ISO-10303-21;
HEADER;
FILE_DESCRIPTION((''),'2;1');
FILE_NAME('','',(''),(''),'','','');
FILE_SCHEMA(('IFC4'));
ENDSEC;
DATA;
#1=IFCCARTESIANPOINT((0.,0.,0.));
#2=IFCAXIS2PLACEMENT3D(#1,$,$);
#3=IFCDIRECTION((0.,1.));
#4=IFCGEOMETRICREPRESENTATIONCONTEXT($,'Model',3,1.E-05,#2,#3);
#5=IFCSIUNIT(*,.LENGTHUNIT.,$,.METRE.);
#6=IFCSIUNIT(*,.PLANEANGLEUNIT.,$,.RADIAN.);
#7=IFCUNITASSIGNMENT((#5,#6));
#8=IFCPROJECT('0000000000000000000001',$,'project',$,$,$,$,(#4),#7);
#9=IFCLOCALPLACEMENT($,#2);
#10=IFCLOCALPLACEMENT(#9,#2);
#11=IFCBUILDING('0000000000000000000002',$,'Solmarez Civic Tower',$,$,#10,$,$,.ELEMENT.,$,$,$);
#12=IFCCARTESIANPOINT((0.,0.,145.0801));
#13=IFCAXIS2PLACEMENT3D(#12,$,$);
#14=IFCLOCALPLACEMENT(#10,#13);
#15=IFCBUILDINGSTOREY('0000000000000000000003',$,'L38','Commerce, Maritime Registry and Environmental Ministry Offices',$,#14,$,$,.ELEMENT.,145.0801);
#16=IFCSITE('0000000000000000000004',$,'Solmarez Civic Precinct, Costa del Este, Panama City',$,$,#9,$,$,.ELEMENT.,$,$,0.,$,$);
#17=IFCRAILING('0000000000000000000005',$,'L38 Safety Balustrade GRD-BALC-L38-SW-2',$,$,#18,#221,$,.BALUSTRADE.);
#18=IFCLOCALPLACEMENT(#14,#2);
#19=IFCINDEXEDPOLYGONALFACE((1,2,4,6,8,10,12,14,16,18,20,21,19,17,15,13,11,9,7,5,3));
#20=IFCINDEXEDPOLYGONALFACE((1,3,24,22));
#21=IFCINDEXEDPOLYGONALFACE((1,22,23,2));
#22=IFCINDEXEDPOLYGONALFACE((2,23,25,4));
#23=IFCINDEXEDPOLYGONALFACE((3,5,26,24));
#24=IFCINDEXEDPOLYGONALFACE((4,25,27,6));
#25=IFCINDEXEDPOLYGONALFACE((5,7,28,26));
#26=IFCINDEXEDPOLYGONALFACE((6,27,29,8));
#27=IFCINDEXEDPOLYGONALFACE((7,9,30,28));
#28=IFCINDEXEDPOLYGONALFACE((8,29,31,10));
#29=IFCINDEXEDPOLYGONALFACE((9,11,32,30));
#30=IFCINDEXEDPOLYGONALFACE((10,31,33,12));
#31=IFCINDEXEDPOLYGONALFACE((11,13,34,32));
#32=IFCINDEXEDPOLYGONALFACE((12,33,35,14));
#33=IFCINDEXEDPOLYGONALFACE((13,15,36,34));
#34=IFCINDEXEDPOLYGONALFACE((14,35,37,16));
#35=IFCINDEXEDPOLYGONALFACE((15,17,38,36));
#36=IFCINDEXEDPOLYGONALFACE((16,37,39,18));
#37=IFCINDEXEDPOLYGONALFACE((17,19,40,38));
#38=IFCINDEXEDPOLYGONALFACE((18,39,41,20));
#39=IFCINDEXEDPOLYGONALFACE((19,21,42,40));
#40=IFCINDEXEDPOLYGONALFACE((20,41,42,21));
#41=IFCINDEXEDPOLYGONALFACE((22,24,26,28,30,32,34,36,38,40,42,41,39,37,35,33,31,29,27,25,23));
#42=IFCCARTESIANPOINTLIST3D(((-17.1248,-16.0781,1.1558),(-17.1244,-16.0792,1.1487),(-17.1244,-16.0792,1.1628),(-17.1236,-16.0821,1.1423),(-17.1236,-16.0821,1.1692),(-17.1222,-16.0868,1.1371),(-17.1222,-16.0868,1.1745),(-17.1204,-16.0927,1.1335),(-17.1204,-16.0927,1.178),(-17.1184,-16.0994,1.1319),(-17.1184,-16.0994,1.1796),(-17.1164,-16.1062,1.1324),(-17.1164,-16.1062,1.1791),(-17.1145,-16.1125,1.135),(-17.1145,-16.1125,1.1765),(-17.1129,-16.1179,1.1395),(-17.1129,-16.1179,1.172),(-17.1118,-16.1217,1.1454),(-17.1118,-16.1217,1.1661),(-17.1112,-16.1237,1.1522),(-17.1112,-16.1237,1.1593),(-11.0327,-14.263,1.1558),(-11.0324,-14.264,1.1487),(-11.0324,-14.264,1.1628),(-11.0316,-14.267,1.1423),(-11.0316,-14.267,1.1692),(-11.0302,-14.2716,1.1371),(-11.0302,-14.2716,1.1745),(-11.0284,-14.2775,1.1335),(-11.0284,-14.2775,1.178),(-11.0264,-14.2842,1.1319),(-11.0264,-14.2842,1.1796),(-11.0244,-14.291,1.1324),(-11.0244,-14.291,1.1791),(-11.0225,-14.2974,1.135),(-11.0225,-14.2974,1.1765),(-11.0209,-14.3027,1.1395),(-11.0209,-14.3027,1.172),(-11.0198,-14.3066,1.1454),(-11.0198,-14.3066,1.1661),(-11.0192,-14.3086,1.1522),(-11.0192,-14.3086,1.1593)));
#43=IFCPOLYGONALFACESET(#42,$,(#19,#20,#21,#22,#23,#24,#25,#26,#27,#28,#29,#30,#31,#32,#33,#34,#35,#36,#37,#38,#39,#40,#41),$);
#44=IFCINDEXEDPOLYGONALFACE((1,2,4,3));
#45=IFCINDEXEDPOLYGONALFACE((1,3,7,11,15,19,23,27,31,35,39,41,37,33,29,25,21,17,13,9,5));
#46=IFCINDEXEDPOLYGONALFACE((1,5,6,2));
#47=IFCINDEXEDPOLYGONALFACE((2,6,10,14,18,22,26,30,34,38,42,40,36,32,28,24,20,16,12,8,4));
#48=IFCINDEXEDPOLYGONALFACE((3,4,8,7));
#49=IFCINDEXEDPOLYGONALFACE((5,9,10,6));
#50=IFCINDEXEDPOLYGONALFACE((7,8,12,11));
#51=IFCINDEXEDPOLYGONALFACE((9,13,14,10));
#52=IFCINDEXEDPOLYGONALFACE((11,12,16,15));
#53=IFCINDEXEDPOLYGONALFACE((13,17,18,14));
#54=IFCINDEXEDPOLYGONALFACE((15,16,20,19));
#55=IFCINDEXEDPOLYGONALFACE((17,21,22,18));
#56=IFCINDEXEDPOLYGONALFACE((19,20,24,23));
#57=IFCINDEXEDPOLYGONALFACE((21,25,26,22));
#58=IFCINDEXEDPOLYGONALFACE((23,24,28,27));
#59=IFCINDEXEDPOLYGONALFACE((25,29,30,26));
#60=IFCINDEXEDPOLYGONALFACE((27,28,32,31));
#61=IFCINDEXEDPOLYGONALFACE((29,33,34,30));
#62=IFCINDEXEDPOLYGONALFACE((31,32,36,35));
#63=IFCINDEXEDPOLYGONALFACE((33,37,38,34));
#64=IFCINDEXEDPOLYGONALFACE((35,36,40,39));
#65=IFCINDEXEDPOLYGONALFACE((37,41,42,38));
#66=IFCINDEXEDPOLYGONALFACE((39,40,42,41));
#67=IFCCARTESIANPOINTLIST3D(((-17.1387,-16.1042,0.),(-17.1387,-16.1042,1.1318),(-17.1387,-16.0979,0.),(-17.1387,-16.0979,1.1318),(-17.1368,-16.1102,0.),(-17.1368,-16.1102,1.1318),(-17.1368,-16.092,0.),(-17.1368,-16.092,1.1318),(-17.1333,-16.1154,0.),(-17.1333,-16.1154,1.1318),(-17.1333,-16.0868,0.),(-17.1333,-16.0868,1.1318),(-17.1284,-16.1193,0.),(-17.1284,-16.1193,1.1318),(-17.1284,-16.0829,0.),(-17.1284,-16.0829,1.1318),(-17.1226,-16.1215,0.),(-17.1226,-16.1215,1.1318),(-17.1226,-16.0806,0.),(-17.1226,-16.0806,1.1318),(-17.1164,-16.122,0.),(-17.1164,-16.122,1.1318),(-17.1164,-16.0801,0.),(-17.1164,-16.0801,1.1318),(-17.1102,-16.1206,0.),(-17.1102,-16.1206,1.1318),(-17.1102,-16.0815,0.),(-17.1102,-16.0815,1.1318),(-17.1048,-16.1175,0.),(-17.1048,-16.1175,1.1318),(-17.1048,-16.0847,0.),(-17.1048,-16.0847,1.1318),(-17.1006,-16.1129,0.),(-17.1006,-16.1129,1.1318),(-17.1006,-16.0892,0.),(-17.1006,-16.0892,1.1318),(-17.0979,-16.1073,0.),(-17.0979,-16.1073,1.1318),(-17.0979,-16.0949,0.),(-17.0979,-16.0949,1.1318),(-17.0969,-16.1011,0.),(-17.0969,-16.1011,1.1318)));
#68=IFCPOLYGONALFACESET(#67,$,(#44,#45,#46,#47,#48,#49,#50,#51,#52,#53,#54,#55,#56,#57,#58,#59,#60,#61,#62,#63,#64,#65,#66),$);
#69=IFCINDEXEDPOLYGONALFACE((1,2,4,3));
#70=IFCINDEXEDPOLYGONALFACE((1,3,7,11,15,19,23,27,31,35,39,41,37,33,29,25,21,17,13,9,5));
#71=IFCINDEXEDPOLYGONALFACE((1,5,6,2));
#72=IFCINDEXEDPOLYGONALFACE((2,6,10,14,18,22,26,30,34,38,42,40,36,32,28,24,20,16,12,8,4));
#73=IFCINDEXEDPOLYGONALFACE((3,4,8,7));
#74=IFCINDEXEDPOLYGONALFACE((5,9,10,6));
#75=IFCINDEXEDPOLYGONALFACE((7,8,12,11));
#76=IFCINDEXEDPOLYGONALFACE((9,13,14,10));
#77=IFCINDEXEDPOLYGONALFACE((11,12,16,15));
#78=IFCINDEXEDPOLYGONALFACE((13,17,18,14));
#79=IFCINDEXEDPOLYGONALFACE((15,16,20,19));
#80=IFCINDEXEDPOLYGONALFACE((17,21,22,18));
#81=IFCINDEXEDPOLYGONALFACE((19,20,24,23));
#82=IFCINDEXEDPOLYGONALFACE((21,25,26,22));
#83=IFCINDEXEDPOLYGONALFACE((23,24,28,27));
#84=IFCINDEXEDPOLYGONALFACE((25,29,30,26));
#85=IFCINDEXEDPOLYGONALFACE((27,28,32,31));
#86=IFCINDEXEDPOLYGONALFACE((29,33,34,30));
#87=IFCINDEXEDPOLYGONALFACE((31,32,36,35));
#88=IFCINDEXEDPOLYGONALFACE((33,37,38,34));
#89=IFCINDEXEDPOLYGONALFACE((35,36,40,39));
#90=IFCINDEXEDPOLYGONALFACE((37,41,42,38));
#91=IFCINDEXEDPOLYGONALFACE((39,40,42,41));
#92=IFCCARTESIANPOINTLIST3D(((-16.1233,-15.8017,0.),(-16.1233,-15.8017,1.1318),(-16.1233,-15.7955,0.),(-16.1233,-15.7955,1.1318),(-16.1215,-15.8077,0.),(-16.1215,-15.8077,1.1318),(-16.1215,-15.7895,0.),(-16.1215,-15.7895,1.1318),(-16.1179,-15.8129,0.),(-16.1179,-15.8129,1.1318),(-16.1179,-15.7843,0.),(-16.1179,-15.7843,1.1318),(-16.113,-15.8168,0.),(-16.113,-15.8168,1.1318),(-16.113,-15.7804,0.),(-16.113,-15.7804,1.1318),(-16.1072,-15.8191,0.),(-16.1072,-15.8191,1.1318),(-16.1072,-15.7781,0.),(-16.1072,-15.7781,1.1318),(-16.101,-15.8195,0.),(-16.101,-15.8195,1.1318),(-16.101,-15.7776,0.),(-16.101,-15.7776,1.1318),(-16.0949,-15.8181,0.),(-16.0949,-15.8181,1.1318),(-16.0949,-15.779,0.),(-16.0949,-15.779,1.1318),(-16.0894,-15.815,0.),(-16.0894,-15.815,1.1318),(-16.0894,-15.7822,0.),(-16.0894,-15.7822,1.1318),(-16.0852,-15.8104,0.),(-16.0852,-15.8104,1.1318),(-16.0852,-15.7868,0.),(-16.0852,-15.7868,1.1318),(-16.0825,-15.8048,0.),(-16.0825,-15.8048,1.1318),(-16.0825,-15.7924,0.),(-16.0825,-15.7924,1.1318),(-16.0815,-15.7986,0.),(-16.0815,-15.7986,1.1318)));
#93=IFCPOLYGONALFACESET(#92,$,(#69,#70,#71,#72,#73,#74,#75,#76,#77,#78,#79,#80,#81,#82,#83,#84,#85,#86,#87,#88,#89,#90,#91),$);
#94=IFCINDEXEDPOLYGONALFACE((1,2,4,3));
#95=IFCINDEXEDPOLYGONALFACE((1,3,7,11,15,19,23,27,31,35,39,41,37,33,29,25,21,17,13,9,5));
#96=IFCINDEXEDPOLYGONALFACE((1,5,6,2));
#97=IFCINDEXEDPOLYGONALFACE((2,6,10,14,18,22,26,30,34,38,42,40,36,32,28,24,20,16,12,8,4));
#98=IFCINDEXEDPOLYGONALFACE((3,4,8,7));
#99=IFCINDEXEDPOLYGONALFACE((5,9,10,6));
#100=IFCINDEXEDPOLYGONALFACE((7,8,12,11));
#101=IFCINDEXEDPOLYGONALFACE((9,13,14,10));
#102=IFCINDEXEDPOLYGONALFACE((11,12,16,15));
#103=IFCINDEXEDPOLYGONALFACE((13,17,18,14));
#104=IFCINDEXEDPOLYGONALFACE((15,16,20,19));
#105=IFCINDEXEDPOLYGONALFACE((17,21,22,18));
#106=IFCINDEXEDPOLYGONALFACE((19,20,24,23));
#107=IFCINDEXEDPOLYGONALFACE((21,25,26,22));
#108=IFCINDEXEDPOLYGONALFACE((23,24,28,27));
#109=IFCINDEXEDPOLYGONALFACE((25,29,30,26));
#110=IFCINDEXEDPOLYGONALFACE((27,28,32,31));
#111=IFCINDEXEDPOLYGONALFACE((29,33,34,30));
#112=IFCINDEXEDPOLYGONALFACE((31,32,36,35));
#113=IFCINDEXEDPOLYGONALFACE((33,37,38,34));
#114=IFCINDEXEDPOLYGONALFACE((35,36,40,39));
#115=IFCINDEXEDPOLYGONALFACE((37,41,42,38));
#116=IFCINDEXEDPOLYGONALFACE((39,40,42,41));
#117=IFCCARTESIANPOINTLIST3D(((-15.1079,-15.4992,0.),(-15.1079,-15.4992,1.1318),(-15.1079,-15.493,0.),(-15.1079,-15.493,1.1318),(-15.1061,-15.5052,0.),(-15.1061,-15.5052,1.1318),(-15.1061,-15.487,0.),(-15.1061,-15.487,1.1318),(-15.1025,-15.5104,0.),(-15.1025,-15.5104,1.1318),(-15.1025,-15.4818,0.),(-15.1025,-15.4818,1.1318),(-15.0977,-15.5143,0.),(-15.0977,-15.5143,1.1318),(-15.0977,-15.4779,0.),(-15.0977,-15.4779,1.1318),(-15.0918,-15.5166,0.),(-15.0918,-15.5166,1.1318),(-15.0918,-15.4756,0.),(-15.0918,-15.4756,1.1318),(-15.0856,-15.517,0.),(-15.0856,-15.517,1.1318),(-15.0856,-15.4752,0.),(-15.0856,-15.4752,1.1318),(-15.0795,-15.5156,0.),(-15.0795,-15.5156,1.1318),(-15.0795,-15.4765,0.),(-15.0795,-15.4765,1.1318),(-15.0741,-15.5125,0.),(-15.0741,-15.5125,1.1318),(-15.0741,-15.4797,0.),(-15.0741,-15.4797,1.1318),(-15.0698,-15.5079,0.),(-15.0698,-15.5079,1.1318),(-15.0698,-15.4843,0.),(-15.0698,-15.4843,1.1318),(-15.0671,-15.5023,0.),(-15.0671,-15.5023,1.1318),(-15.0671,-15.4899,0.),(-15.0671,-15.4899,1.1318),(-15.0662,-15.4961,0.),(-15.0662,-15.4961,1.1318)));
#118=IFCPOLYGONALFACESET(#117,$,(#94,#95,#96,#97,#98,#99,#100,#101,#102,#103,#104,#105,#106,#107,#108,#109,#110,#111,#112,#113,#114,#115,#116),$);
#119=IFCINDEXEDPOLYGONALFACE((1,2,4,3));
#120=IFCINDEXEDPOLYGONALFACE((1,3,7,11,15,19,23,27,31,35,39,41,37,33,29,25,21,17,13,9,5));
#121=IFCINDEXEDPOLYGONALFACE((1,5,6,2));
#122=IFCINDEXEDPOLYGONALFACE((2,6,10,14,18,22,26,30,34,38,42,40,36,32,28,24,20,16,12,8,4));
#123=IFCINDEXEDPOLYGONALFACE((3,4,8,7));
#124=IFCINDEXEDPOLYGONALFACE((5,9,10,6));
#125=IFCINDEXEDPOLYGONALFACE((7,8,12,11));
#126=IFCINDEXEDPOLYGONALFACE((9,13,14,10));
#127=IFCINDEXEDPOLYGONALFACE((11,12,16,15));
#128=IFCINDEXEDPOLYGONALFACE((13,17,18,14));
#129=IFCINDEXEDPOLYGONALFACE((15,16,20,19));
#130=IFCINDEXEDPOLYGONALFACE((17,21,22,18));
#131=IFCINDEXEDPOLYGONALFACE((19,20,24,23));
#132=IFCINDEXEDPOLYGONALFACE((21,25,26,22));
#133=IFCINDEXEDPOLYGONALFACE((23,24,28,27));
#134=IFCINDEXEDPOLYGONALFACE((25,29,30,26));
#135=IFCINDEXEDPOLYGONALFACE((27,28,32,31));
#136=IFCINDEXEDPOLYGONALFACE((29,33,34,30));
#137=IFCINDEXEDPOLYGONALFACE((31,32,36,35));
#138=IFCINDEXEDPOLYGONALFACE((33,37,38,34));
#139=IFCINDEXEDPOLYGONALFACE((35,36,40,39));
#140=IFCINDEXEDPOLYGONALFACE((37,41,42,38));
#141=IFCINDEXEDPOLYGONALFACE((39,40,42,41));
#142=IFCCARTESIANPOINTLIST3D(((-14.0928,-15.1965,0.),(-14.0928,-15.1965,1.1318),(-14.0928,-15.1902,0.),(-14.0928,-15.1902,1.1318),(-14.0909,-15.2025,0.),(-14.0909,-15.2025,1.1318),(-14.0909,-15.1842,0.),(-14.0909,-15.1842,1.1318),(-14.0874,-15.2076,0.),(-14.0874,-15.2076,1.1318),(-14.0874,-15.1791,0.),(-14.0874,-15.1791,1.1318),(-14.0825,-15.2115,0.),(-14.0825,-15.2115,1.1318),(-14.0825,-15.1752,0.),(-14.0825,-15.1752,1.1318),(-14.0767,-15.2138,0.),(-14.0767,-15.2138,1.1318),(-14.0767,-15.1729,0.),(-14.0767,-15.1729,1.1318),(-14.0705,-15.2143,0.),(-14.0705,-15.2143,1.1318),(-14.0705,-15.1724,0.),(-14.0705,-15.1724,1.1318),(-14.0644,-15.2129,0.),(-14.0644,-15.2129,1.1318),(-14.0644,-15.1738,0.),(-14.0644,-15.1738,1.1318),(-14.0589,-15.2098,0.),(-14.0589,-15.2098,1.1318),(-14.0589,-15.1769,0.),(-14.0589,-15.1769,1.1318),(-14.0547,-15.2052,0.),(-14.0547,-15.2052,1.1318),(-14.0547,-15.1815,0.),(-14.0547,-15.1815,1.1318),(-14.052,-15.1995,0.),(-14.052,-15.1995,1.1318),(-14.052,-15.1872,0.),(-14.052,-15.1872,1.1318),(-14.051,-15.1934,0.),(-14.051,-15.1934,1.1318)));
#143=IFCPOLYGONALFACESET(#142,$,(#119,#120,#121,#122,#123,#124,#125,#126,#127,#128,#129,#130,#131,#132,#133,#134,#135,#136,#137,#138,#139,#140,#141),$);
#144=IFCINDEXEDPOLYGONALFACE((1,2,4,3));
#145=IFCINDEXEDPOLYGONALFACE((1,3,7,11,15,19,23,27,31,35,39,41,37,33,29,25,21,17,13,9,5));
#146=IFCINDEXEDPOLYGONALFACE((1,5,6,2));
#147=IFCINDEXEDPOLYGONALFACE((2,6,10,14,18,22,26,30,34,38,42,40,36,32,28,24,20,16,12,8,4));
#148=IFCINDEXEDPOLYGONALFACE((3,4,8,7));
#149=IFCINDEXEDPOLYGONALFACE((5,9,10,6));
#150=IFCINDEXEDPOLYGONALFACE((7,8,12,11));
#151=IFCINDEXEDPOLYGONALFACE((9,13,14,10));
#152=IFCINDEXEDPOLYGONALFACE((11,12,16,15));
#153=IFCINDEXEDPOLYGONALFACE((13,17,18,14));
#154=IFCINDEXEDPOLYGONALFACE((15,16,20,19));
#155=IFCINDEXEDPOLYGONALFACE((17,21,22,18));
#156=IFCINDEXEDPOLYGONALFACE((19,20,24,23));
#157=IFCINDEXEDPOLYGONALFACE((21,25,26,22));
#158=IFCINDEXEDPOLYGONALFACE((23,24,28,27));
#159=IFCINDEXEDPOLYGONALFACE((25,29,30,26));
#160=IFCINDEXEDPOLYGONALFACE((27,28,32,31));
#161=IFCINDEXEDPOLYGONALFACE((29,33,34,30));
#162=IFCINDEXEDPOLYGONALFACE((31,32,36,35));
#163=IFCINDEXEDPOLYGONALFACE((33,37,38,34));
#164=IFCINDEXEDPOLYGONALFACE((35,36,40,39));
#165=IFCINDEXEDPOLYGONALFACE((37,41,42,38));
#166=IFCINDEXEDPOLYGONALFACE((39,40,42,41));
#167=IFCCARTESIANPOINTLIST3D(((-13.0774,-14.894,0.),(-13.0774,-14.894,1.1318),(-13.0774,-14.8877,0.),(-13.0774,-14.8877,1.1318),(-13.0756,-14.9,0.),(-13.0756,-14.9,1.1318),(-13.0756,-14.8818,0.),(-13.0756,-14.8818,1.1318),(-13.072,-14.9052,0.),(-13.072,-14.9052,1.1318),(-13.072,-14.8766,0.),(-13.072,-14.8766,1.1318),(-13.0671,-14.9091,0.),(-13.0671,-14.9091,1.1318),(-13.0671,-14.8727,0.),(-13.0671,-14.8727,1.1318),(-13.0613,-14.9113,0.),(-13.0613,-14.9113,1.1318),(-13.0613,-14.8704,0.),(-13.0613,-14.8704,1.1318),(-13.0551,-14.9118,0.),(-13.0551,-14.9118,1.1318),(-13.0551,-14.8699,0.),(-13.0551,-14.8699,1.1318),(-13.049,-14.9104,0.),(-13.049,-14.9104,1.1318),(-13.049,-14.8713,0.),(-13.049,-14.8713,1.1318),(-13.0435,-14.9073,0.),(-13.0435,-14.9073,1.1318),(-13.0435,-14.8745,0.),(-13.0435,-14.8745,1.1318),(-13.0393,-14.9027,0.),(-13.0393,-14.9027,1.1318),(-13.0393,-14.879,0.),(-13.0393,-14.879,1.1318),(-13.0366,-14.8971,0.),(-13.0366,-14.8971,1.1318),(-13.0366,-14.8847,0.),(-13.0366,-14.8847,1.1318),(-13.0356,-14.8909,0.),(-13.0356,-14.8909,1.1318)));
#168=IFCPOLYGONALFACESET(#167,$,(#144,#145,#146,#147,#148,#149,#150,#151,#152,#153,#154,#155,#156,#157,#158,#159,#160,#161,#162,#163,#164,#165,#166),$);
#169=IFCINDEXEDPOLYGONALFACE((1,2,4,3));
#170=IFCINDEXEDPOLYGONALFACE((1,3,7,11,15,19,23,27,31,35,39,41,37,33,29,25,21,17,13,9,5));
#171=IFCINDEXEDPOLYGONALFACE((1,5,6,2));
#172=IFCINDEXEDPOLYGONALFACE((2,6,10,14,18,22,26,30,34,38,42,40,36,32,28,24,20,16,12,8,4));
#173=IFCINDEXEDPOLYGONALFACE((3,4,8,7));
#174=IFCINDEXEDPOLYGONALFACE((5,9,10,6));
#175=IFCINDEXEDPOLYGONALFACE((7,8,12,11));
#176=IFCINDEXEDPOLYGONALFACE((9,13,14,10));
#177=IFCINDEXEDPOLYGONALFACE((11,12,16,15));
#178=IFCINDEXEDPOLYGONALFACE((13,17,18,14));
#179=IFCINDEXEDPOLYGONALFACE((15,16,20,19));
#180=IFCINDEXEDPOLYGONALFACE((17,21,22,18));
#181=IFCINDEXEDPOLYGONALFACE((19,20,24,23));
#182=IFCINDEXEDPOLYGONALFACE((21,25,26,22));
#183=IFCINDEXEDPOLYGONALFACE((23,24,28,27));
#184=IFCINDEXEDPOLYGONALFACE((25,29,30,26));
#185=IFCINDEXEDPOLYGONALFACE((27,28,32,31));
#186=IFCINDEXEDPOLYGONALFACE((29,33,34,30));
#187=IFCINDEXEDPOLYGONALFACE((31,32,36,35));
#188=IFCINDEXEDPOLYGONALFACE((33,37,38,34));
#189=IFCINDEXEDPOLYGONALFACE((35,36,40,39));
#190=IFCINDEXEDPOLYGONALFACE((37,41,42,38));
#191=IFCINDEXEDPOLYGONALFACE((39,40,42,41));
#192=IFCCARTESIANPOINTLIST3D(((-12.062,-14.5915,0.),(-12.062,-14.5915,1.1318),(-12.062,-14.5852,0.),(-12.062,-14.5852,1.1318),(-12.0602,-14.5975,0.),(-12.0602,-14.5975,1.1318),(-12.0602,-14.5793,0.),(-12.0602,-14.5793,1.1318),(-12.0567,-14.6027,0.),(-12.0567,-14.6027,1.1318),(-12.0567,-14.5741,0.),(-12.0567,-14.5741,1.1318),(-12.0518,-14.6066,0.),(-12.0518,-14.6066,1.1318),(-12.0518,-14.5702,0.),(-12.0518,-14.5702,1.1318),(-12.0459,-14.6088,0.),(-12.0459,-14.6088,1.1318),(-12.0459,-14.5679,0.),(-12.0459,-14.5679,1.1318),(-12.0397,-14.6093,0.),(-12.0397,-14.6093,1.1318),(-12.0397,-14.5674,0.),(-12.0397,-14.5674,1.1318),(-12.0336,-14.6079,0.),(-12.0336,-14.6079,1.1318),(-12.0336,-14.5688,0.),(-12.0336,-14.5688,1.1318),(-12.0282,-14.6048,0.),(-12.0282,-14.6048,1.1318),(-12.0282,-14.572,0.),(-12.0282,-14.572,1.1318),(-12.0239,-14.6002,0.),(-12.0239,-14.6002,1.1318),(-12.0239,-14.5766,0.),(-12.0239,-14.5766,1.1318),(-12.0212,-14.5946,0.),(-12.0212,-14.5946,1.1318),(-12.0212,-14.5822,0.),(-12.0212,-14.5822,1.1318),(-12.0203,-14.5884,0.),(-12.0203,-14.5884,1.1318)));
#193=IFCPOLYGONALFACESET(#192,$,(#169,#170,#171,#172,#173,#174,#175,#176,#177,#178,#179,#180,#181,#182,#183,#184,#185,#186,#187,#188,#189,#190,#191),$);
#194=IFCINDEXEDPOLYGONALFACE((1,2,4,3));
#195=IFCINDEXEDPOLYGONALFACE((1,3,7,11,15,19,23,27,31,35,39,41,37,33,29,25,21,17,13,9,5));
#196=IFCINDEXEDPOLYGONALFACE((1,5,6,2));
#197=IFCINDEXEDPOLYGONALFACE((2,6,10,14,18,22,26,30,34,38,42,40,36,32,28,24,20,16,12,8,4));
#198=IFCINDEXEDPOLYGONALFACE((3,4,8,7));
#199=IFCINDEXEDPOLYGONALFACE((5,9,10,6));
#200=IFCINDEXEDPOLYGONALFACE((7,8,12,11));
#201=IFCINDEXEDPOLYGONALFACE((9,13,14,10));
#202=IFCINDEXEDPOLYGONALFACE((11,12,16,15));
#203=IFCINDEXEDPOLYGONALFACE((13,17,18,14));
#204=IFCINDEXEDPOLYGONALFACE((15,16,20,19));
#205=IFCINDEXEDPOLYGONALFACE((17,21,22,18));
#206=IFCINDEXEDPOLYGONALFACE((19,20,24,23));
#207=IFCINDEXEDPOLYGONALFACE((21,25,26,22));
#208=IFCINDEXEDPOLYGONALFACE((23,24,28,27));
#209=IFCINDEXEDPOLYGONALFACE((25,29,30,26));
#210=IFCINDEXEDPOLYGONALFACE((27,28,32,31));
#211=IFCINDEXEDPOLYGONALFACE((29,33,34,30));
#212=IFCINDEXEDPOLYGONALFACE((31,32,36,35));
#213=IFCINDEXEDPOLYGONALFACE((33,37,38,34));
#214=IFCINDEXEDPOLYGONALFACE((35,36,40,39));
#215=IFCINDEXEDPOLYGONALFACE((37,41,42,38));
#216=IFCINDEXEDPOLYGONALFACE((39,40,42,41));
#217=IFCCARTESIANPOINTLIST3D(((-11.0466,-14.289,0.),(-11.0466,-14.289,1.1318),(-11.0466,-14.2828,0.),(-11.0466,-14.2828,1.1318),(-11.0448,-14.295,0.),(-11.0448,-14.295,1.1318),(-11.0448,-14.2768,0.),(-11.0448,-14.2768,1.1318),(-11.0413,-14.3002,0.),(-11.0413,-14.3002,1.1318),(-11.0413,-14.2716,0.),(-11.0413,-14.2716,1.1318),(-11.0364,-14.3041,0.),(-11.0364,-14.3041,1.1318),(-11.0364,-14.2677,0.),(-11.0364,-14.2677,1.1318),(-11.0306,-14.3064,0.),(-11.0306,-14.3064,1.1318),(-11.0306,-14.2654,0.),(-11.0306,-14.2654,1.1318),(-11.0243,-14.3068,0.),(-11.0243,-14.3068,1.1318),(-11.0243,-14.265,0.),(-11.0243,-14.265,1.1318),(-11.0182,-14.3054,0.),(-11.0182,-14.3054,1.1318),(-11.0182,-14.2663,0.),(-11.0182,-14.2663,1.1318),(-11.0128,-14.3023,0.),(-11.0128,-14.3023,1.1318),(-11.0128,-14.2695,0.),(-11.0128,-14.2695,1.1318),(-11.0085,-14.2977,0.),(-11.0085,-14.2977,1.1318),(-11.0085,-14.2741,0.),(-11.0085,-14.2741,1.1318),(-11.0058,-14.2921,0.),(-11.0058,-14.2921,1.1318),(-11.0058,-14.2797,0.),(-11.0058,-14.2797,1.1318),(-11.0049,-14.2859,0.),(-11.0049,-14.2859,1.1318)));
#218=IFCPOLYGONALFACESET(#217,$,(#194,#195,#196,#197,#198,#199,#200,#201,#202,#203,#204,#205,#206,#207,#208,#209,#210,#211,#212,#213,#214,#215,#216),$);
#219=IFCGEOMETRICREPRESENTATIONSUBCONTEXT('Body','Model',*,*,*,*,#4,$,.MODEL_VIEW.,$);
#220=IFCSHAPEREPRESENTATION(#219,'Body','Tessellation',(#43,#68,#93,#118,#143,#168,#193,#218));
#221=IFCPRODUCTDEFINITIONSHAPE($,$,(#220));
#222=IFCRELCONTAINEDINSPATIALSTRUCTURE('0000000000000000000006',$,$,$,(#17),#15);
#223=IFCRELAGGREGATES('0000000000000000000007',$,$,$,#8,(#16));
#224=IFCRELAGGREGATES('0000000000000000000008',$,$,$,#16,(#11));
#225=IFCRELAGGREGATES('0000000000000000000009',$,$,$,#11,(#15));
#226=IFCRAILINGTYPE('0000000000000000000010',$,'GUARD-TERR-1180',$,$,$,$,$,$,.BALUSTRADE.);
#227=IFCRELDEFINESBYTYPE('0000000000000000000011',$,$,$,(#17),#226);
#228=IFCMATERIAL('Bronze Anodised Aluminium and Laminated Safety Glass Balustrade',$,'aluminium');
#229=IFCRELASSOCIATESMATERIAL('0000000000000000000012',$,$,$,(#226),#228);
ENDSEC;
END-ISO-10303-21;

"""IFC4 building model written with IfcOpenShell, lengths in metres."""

from ifc_helpers import new_model, si_unit, direction, frame, origin, origin_2d, place, context, subcontext, project, spatial, circle, extrude, material, type_object, element, save


model = new_model("IFC4")

# Units and contexts
model_context = context("Model", 3, precision=1e-05, world=origin(), true_north=direction((0.0, 1.0)))
body_context = subcontext(model_context, "Body", "Model", "MODEL_VIEW")
ifc_project = project(units=[si_unit("LENGTHUNIT", "METRE"), si_unit("PLANEANGLEUNIT", "RADIAN")], contexts=[model_context])

# Site, building, storey
site_placement = place(None, origin())
site = spatial("IfcSite", under=ifc_project, at=site_placement, Name="Solmarez Civic Precinct, Costa del Este, Panama City", CompositionType="ELEMENT", RefElevation=0.0)
building_placement = place(site_placement, origin())
building = spatial("IfcBuilding", under=site, at=building_placement, Name="Solmarez Civic Tower", CompositionType="ELEMENT")
storey_placement = place(building_placement, frame((0.0, 0.0, 145.0801)))
storey = spatial("IfcBuildingStorey", under=building, at=storey_placement, Name="L38", Description="Commerce, Maritime Registry and Environmental Ministry Offices", CompositionType="ELEMENT", Elevation=145.0801)

# Railing
ifc_material_1 = material(Name="Bronze Anodised Aluminium and Laminated Safety Glass Balustrade", Category="aluminium")
railing_type = type_object("IfcRailingType", Name="GUARD-TERR-1180", PredefinedType="BALUSTRADE", material=ifc_material_1)
railing_1_placement = place(storey_placement, frame((-17.1179, -16.1011, 0.0)))
element("IfcRailing", 1, at=railing_1_placement, inside=storey, type_object=railing_type, Name="L38 Safety Balustrade GRD-BALC-L38-SW-2", PredefinedType="BALUSTRADE", context=body_context, shape_type="SweptSolid", body=[
    extrude(circle(Radius=0.0239, at=origin_2d()), frame((0.0, 0.0, 1.1558), z_axis=(0.958363, 0.285554, 0.0), x_axis=(-0.285554, 0.958363, 0.0)), (0.0, 0.0, 1.0), 6.3567),
    extrude(circle(Radius=0.021, at=origin_2d()), origin(), (0.0, 0.0, 1.0), 1.1318),
    extrude(circle(Radius=0.021, at=origin_2d()), frame((1.0154, 0.3025, 0.0)), (0.0, 0.0, 1.0), 1.1318),
    extrude(circle(Radius=0.021, at=origin_2d()), frame((2.0308, 0.605, 0.0)), (0.0, 0.0, 1.0), 1.1318),
    extrude(circle(Radius=0.021, at=origin_2d()), frame((3.0459, 0.9077, 0.0)), (0.0, 0.0, 1.0), 1.1318),
    extrude(circle(Radius=0.021, at=origin_2d()), frame((4.0613, 1.2102, 0.0)), (0.0, 0.0, 1.0), 1.1318),
    extrude(circle(Radius=0.021, at=origin_2d()), frame((5.0767, 1.5127, 0.0)), (0.0, 0.0, 1.0), 1.1318),
    extrude(circle(Radius=0.021, at=origin_2d()), frame((6.092, 1.8152, 0.0)), (0.0, 0.0, 1.0), 1.1318),
])

save(model, "model.ifc")
